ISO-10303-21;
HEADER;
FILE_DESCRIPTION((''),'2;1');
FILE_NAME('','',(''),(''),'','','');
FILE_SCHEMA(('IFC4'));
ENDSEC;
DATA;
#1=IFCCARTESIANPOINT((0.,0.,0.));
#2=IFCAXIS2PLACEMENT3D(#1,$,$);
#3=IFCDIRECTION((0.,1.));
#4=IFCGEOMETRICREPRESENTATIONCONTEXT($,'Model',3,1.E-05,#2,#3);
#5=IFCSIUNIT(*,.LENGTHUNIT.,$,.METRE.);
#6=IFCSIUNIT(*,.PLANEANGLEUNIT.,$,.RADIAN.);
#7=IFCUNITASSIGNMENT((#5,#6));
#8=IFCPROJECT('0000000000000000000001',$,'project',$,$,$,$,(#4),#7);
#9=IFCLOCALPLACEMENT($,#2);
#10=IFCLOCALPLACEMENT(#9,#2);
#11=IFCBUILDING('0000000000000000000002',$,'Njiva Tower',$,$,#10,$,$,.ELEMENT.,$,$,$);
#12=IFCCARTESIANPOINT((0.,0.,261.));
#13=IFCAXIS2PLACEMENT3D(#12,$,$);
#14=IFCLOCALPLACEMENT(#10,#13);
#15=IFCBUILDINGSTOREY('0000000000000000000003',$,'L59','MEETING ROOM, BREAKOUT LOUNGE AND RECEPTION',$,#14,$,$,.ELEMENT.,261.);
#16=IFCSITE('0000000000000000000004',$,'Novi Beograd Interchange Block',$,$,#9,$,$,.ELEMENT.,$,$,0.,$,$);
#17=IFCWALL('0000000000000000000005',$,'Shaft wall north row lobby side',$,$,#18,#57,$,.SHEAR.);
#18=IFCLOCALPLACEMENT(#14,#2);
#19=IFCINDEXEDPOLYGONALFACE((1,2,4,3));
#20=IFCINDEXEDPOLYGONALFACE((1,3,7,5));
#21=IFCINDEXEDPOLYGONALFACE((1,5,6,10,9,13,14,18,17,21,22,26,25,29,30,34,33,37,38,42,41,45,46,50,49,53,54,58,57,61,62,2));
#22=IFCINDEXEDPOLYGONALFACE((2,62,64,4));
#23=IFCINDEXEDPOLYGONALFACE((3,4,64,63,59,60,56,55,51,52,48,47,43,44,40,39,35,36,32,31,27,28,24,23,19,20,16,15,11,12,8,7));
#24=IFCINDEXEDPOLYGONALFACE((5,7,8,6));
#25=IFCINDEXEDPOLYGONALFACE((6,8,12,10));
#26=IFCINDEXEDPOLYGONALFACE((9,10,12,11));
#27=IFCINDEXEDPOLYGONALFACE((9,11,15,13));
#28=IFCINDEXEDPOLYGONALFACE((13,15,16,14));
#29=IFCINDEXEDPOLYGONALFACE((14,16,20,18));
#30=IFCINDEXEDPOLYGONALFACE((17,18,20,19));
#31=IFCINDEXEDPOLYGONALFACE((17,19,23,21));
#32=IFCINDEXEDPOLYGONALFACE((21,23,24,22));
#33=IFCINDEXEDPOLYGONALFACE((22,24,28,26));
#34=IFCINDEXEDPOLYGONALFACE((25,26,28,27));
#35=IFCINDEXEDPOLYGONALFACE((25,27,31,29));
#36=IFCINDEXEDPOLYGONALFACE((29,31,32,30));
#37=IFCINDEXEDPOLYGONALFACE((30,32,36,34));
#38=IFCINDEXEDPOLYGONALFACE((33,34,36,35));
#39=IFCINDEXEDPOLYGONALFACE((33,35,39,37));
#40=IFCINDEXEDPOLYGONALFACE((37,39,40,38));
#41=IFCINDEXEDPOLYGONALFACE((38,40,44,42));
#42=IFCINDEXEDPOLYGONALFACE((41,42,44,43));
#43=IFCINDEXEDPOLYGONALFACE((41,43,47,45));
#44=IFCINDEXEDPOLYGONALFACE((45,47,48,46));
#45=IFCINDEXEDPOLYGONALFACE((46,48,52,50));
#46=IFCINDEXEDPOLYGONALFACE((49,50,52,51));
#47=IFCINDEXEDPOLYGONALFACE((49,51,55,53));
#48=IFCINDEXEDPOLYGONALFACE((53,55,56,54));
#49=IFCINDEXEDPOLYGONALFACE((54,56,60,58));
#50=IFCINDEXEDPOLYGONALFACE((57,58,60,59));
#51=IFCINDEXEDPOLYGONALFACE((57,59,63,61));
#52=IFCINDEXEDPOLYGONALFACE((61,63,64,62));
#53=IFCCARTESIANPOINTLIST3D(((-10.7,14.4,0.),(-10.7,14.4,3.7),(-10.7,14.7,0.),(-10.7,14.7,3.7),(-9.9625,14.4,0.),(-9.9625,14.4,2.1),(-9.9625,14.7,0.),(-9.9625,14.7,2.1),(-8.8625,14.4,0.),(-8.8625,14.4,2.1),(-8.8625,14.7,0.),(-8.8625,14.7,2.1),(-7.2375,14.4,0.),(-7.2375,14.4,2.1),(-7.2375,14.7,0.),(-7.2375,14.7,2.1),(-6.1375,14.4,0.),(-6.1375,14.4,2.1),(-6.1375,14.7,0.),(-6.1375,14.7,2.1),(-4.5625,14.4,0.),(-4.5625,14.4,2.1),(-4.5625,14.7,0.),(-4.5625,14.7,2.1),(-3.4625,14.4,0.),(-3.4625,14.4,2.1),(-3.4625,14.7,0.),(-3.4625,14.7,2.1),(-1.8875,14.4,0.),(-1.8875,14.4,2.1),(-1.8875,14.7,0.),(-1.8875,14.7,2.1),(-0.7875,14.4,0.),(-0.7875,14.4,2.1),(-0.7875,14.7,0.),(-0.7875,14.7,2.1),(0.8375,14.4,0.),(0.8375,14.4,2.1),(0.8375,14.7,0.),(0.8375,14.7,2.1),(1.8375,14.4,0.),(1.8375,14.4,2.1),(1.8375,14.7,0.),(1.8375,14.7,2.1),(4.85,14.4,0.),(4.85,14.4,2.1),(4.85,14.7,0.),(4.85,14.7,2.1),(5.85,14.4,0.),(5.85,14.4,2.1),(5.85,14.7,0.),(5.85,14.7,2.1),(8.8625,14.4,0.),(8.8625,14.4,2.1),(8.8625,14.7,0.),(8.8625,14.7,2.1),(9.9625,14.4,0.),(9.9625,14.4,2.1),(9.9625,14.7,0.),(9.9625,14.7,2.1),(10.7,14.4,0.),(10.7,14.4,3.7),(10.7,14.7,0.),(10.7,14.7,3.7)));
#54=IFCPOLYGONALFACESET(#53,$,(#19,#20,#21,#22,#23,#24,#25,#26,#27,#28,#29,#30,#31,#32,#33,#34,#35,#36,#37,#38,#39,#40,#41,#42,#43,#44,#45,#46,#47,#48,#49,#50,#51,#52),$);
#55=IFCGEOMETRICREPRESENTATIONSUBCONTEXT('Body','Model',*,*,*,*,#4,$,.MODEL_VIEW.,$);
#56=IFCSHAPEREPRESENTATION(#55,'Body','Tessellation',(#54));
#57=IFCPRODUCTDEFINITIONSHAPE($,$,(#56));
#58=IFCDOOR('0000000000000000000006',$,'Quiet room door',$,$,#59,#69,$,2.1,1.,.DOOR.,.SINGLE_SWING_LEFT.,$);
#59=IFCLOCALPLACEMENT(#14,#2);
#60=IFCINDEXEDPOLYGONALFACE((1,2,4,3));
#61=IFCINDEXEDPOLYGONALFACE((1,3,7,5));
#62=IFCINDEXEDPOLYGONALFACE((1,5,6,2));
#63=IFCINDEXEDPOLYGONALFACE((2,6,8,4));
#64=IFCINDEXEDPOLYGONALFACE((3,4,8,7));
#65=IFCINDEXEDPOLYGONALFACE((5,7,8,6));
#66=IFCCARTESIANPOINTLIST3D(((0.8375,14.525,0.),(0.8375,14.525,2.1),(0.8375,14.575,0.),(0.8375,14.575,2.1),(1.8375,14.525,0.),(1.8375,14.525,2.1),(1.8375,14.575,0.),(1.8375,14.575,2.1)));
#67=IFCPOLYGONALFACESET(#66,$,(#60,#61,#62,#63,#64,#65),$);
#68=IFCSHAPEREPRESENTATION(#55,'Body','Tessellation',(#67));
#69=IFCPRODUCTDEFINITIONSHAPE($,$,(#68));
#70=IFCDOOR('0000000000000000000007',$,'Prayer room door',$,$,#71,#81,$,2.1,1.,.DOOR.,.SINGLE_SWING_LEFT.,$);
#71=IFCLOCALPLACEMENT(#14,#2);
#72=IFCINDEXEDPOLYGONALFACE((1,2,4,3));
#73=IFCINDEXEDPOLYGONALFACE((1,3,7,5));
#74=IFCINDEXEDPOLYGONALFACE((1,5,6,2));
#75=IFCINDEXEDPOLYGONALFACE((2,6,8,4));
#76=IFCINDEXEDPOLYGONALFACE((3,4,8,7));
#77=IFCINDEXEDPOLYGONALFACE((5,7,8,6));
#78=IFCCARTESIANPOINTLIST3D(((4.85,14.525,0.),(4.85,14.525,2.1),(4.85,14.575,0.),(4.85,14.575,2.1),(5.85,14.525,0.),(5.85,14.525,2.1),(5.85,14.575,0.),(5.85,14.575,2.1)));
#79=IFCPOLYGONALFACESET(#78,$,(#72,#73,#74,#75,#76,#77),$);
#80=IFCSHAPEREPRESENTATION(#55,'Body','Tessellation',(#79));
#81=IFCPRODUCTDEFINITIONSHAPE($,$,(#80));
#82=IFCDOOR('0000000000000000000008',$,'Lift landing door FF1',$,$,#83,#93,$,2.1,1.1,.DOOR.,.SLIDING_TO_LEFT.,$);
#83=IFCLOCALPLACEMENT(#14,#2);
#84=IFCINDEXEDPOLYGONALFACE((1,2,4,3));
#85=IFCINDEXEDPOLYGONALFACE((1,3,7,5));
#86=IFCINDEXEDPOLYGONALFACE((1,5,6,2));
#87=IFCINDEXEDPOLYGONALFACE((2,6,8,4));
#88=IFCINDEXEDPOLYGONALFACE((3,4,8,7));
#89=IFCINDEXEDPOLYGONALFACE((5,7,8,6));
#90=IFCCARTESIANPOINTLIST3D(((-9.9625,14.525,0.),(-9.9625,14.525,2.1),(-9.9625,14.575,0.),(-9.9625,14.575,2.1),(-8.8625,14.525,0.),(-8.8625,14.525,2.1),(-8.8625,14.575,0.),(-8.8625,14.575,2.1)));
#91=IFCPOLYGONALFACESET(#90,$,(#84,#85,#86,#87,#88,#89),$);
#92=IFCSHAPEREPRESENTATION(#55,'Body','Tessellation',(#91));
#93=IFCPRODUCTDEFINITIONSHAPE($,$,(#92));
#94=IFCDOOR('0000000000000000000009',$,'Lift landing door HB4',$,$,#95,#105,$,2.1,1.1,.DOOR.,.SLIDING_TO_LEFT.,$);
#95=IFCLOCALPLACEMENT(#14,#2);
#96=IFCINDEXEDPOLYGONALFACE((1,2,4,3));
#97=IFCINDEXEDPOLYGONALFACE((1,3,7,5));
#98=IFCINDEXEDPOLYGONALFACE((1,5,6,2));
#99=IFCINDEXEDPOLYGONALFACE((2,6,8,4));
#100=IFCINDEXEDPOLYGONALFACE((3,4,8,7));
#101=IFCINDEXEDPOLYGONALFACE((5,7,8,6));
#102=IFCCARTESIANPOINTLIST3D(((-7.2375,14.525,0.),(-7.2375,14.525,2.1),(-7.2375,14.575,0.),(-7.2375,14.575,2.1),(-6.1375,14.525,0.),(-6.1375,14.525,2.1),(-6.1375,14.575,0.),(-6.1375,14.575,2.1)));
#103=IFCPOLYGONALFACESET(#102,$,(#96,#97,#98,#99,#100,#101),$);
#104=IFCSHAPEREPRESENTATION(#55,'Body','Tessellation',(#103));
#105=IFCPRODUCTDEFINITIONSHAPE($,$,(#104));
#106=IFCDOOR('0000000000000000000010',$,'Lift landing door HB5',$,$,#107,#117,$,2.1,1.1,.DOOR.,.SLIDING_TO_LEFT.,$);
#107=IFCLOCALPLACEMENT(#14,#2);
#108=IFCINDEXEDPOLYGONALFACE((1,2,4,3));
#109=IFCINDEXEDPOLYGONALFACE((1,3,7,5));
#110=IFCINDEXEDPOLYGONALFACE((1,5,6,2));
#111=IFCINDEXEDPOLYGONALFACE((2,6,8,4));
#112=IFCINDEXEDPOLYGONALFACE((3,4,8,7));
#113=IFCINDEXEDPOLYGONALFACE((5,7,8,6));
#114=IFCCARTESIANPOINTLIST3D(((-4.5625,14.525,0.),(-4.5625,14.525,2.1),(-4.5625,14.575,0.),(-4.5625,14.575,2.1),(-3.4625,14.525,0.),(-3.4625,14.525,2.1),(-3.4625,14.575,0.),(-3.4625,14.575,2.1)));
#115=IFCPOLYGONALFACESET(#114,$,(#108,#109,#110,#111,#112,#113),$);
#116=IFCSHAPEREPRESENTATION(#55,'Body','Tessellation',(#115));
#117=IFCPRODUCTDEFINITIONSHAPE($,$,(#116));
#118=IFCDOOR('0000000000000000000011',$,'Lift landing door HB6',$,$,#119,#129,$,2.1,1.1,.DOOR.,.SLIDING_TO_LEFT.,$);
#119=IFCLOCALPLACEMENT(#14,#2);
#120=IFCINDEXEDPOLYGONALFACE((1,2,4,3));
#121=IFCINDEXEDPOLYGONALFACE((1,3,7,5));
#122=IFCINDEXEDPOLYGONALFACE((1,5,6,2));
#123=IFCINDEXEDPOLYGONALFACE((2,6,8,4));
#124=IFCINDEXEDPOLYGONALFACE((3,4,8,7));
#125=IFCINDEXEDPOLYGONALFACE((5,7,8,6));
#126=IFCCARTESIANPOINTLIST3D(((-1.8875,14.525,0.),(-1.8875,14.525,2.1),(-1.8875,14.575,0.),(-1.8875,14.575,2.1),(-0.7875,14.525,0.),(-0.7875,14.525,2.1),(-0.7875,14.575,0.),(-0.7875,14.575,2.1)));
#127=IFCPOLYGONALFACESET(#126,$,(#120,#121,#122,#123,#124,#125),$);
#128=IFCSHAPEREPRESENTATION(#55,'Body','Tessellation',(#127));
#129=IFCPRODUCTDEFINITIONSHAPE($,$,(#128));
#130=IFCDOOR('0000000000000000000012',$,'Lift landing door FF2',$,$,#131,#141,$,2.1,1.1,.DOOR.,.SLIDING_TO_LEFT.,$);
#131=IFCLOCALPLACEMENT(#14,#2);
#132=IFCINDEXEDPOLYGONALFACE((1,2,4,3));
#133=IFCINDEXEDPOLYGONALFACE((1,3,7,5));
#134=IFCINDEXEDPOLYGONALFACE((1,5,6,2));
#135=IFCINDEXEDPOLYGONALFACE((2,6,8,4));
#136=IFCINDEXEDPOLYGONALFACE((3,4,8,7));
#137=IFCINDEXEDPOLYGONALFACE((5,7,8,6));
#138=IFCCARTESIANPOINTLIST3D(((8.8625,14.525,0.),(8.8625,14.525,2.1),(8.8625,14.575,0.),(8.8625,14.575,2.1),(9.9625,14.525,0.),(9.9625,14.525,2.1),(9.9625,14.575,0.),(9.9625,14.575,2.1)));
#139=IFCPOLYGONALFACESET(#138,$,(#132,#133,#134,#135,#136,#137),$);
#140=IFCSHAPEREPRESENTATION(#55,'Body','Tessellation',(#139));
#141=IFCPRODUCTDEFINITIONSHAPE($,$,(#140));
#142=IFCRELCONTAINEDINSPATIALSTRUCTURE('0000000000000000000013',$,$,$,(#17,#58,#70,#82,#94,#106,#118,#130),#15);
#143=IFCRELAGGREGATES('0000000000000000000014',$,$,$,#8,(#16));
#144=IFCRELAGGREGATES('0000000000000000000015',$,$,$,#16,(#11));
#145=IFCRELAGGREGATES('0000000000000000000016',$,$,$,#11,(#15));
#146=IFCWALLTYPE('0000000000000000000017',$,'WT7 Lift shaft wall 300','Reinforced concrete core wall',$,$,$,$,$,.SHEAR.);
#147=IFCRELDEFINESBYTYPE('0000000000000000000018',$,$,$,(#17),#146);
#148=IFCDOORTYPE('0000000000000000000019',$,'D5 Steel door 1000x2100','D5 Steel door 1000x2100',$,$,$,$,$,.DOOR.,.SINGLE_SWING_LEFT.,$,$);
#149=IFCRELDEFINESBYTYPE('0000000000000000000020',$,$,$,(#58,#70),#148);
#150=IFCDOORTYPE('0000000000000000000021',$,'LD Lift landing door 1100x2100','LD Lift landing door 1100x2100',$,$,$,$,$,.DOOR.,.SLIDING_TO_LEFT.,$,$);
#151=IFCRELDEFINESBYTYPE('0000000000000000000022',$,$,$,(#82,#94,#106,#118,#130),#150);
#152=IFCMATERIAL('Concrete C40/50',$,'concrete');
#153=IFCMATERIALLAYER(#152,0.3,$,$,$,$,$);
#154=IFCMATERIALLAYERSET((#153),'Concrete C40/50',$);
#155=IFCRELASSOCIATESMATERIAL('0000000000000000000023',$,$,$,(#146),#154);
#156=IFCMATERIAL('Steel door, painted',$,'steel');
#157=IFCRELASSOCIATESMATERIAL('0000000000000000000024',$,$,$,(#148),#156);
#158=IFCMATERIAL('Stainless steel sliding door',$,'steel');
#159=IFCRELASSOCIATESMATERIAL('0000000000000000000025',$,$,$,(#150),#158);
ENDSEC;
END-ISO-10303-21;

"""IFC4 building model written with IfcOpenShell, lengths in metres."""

from ifc_helpers import new_model, si_unit, direction, frame, frame_2d, origin, place, context, subcontext, project, spatial, rectangle, extrude, material, layer, layer_set, type_object, element, fill, save


model = new_model("IFC4")

# Units and contexts
model_context = context("Model", 3, precision=1e-05, world=origin(), true_north=direction((0.0, 1.0)))
body_context = subcontext(model_context, "Body", "Model", "MODEL_VIEW")
ifc_project = project(units=[si_unit("LENGTHUNIT", "METRE"), si_unit("PLANEANGLEUNIT", "RADIAN")], contexts=[model_context])

# Site, building, storey
site_placement = place(None, origin())
site = spatial("IfcSite", under=ifc_project, at=site_placement, Name="Novi Beograd Interchange Block", CompositionType="ELEMENT", RefElevation=0.0)
building_placement = place(site_placement, origin())
building = spatial("IfcBuilding", under=site, at=building_placement, Name="Njiva Tower", CompositionType="ELEMENT")
storey_placement = place(building_placement, frame((0.0, 0.0, 261.0)))
storey = spatial("IfcBuildingStorey", under=building, at=storey_placement, Name="L59", Description="MEETING ROOM, BREAKOUT LOUNGE AND RECEPTION", CompositionType="ELEMENT", Elevation=261.0)

# Shared definitions
ifc_material_1 = material(Name="Concrete C40/50", Category="concrete")

# Wall, openings, doors
ifc_layer_1 = layer(ifc_material_1, 0.3)
ifc_layer_set_1 = layer_set([ifc_layer_1], Name="Concrete C40/50")
wall_type_1 = type_object("IfcWallType", Name="WT7 Lift shaft wall 300", Description="Reinforced concrete core wall", PredefinedType="SHEAR", material=ifc_layer_set_1)
wall_placement = place(storey_placement, frame((-10.7, 14.55, 0.0), z_axis=(0.0, 0.0, 1.0), x_axis=(1.0, 0.0, 0.0)))
wall = element("IfcWall", 1, at=wall_placement, inside=storey, type_object=wall_type_1, Name="Shaft wall north row lobby side", PredefinedType="SHEAR", context=body_context, shape_type="SweptSolid", body=[
    extrude(rectangle(XDim=21.4, YDim=0.3, at=frame_2d((10.7, 0.0))), origin(), (0.0, 0.0, 1.0), 3.7),
])
opening_1_placement = place(wall_placement, frame((0.7375, 0.0, 0.0)))
opening_1 = element("IfcOpeningElement", 2, at=opening_1_placement, cuts=wall, PredefinedType="OPENING", context=body_context, shape_type="SweptSolid", body=[
    extrude(rectangle(XDim=1.1, YDim=2.1, at=frame_2d((0.55, 1.05))), frame((0.0, 0.16, 0.0), z_axis=(0.0, -1.0, 0.0), x_axis=(1.0, 0.0, 0.0)), (0.0, 0.0, 1.0), 0.32),
])
opening_2_placement = place(wall_placement, frame((3.4625, 0.0, 0.0)))
opening_2 = element("IfcOpeningElement", 3, at=opening_2_placement, cuts=wall, PredefinedType="OPENING", context=body_context, shape_type="SweptSolid", body=[
    extrude(rectangle(XDim=1.1, YDim=2.1, at=frame_2d((0.55, 1.05))), frame((0.0, 0.16, 0.0), z_axis=(0.0, -1.0, 0.0), x_axis=(1.0, 0.0, 0.0)), (0.0, 0.0, 1.0), 0.32),
])
opening_3_placement = place(wall_placement, frame((6.1375, 0.0, 0.0)))
opening_3 = element("IfcOpeningElement", 4, at=opening_3_placement, cuts=wall, PredefinedType="OPENING", context=body_context, shape_type="SweptSolid", body=[
    extrude(rectangle(XDim=1.1, YDim=2.1, at=frame_2d((0.55, 1.05))), frame((0.0, 0.16, 0.0), z_axis=(0.0, -1.0, 0.0), x_axis=(1.0, 0.0, 0.0)), (0.0, 0.0, 1.0), 0.32),
])
opening_4_placement = place(wall_placement, frame((8.8125, 0.0, 0.0)))
opening_4 = element("IfcOpeningElement", 5, at=opening_4_placement, cuts=wall, PredefinedType="OPENING", context=body_context, shape_type="SweptSolid", body=[
    extrude(rectangle(XDim=1.1, YDim=2.1, at=frame_2d((0.55, 1.05))), frame((0.0, 0.16, 0.0), z_axis=(0.0, -1.0, 0.0), x_axis=(1.0, 0.0, 0.0)), (0.0, 0.0, 1.0), 0.32),
])
opening_5_placement = place(wall_placement, frame((19.5625, 0.0, 0.0)))
opening_5 = element("IfcOpeningElement", 6, at=opening_5_placement, cuts=wall, PredefinedType="OPENING", context=body_context, shape_type="SweptSolid", body=[
    extrude(rectangle(XDim=1.1, YDim=2.1, at=frame_2d((0.55, 1.05))), frame((0.0, 0.16, 0.0), z_axis=(0.0, -1.0, 0.0), x_axis=(1.0, 0.0, 0.0)), (0.0, 0.0, 1.0), 0.32),
])
opening_6_placement = place(wall_placement, frame((11.5375, 0.0, 0.0)))
opening_6 = element("IfcOpeningElement", 7, at=opening_6_placement, cuts=wall, PredefinedType="OPENING", context=body_context, shape_type="SweptSolid", body=[
    extrude(rectangle(XDim=1.0, YDim=2.1, at=frame_2d((0.5, 1.05))), frame((0.0, 0.16, 0.0), z_axis=(0.0, -1.0, 0.0), x_axis=(1.0, 0.0, 0.0)), (0.0, 0.0, 1.0), 0.32),
])
opening_7_placement = place(wall_placement, frame((15.55, 0.0, 0.0)))
opening_7 = element("IfcOpeningElement", 8, at=opening_7_placement, cuts=wall, PredefinedType="OPENING", context=body_context, shape_type="SweptSolid", body=[
    extrude(rectangle(XDim=1.0, YDim=2.1, at=frame_2d((0.5, 1.05))), frame((0.0, 0.16, 0.0), z_axis=(0.0, -1.0, 0.0), x_axis=(1.0, 0.0, 0.0)), (0.0, 0.0, 1.0), 0.32),
])
ifc_material_2 = material(Name="Steel door, painted", Category="steel")
door_type_1 = type_object("IfcDoorType", Name="D5 Steel door 1000x2100", Description="D5 Steel door 1000x2100", OperationType="SINGLE_SWING_LEFT", PredefinedType="DOOR", material=ifc_material_2)
door_1_placement = place(opening_6_placement, origin())
door_1 = element("IfcDoor", 9, at=door_1_placement, inside=storey, type_object=door_type_1, Name="Quiet room door", OperationType="SINGLE_SWING_LEFT", OverallHeight=2.1, OverallWidth=1.0, PredefinedType="DOOR", context=body_context, shape_type="SweptSolid", body=[
    extrude(rectangle(XDim=1.0, YDim=2.1, at=frame_2d((0.5, 1.05))), frame((0.0, 0.025, 0.0), z_axis=(0.0, -1.0, 0.0), x_axis=(1.0, 0.0, 0.0)), (0.0, 0.0, 1.0), 0.05),
])
fill(opening_6, door_1)
door_2_placement = place(opening_7_placement, origin())
door_2 = element("IfcDoor", 10, at=door_2_placement, inside=storey, type_object=door_type_1, Name="Prayer room door", OperationType="SINGLE_SWING_LEFT", OverallHeight=2.1, OverallWidth=1.0, PredefinedType="DOOR", context=body_context, shape_type="SweptSolid", body=[
    extrude(rectangle(XDim=1.0, YDim=2.1, at=frame_2d((0.5, 1.05))), frame((0.0, 0.025, 0.0), z_axis=(0.0, -1.0, 0.0), x_axis=(1.0, 0.0, 0.0)), (0.0, 0.0, 1.0), 0.05),
])
fill(opening_7, door_2)
ifc_material_3 = material(Name="Stainless steel sliding door", Category="steel")
door_type_2 = type_object("IfcDoorType", Name="LD Lift landing door 1100x2100", Description="LD Lift landing door 1100x2100", OperationType="SLIDING_TO_LEFT", PredefinedType="DOOR", material=ifc_material_3)
door_3_placement = place(opening_1_placement, origin())
door_3 = element("IfcDoor", 11, at=door_3_placement, inside=storey, type_object=door_type_2, Name="Lift landing door FF1", OperationType="SLIDING_TO_LEFT", OverallHeight=2.1, OverallWidth=1.1, PredefinedType="DOOR", context=body_context, shape_type="SweptSolid", body=[
    extrude(rectangle(XDim=1.1, YDim=2.1, at=frame_2d((0.55, 1.05))), frame((0.0, 0.025, 0.0), z_axis=(0.0, -1.0, 0.0), x_axis=(1.0, 0.0, 0.0)), (0.0, 0.0, 1.0), 0.05),
])
fill(opening_1, door_3)
door_4_placement = place(opening_2_placement, origin())
door_4 = element("IfcDoor", 12, at=door_4_placement, inside=storey, type_object=door_type_2, Name="Lift landing door HB4", OperationType="SLIDING_TO_LEFT", OverallHeight=2.1, OverallWidth=1.1, PredefinedType="DOOR", context=body_context, shape_type="SweptSolid", body=[
    extrude(rectangle(XDim=1.1, YDim=2.1, at=frame_2d((0.55, 1.05))), frame((0.0, 0.025, 0.0), z_axis=(0.0, -1.0, 0.0), x_axis=(1.0, 0.0, 0.0)), (0.0, 0.0, 1.0), 0.05),
])
fill(opening_2, door_4)
door_5_placement = place(opening_3_placement, origin())
door_5 = element("IfcDoor", 13, at=door_5_placement, inside=storey, type_object=door_type_2, Name="Lift landing door HB5", OperationType="SLIDING_TO_LEFT", OverallHeight=2.1, OverallWidth=1.1, PredefinedType="DOOR", context=body_context, shape_type="SweptSolid", body=[
    extrude(rectangle(XDim=1.1, YDim=2.1, at=frame_2d((0.55, 1.05))), frame((0.0, 0.025, 0.0), z_axis=(0.0, -1.0, 0.0), x_axis=(1.0, 0.0, 0.0)), (0.0, 0.0, 1.0), 0.05),
])
fill(opening_3, door_5)
door_6_placement = place(opening_4_placement, origin())
door_6 = element("IfcDoor", 14, at=door_6_placement, inside=storey, type_object=door_type_2, Name="Lift landing door HB6", OperationType="SLIDING_TO_LEFT", OverallHeight=2.1, OverallWidth=1.1, PredefinedType="DOOR", context=body_context, shape_type="SweptSolid", body=[
    extrude(rectangle(XDim=1.1, YDim=2.1, at=frame_2d((0.55, 1.05))), frame((0.0, 0.025, 0.0), z_axis=(0.0, -1.0, 0.0), x_axis=(1.0, 0.0, 0.0)), (0.0, 0.0, 1.0), 0.05),
])
fill(opening_4, door_6)
door_7_placement = place(opening_5_placement, origin())
door_7 = element("IfcDoor", 15, at=door_7_placement, inside=storey, type_object=door_type_2, Name="Lift landing door FF2", OperationType="SLIDING_TO_LEFT", OverallHeight=2.1, OverallWidth=1.1, PredefinedType="DOOR", context=body_context, shape_type="SweptSolid", body=[
    extrude(rectangle(XDim=1.1, YDim=2.1, at=frame_2d((0.55, 1.05))), frame((0.0, 0.025, 0.0), z_axis=(0.0, -1.0, 0.0), x_axis=(1.0, 0.0, 0.0)), (0.0, 0.0, 1.0), 0.05),
])
fill(opening_5, door_7)

save(model, "model.ifc")
